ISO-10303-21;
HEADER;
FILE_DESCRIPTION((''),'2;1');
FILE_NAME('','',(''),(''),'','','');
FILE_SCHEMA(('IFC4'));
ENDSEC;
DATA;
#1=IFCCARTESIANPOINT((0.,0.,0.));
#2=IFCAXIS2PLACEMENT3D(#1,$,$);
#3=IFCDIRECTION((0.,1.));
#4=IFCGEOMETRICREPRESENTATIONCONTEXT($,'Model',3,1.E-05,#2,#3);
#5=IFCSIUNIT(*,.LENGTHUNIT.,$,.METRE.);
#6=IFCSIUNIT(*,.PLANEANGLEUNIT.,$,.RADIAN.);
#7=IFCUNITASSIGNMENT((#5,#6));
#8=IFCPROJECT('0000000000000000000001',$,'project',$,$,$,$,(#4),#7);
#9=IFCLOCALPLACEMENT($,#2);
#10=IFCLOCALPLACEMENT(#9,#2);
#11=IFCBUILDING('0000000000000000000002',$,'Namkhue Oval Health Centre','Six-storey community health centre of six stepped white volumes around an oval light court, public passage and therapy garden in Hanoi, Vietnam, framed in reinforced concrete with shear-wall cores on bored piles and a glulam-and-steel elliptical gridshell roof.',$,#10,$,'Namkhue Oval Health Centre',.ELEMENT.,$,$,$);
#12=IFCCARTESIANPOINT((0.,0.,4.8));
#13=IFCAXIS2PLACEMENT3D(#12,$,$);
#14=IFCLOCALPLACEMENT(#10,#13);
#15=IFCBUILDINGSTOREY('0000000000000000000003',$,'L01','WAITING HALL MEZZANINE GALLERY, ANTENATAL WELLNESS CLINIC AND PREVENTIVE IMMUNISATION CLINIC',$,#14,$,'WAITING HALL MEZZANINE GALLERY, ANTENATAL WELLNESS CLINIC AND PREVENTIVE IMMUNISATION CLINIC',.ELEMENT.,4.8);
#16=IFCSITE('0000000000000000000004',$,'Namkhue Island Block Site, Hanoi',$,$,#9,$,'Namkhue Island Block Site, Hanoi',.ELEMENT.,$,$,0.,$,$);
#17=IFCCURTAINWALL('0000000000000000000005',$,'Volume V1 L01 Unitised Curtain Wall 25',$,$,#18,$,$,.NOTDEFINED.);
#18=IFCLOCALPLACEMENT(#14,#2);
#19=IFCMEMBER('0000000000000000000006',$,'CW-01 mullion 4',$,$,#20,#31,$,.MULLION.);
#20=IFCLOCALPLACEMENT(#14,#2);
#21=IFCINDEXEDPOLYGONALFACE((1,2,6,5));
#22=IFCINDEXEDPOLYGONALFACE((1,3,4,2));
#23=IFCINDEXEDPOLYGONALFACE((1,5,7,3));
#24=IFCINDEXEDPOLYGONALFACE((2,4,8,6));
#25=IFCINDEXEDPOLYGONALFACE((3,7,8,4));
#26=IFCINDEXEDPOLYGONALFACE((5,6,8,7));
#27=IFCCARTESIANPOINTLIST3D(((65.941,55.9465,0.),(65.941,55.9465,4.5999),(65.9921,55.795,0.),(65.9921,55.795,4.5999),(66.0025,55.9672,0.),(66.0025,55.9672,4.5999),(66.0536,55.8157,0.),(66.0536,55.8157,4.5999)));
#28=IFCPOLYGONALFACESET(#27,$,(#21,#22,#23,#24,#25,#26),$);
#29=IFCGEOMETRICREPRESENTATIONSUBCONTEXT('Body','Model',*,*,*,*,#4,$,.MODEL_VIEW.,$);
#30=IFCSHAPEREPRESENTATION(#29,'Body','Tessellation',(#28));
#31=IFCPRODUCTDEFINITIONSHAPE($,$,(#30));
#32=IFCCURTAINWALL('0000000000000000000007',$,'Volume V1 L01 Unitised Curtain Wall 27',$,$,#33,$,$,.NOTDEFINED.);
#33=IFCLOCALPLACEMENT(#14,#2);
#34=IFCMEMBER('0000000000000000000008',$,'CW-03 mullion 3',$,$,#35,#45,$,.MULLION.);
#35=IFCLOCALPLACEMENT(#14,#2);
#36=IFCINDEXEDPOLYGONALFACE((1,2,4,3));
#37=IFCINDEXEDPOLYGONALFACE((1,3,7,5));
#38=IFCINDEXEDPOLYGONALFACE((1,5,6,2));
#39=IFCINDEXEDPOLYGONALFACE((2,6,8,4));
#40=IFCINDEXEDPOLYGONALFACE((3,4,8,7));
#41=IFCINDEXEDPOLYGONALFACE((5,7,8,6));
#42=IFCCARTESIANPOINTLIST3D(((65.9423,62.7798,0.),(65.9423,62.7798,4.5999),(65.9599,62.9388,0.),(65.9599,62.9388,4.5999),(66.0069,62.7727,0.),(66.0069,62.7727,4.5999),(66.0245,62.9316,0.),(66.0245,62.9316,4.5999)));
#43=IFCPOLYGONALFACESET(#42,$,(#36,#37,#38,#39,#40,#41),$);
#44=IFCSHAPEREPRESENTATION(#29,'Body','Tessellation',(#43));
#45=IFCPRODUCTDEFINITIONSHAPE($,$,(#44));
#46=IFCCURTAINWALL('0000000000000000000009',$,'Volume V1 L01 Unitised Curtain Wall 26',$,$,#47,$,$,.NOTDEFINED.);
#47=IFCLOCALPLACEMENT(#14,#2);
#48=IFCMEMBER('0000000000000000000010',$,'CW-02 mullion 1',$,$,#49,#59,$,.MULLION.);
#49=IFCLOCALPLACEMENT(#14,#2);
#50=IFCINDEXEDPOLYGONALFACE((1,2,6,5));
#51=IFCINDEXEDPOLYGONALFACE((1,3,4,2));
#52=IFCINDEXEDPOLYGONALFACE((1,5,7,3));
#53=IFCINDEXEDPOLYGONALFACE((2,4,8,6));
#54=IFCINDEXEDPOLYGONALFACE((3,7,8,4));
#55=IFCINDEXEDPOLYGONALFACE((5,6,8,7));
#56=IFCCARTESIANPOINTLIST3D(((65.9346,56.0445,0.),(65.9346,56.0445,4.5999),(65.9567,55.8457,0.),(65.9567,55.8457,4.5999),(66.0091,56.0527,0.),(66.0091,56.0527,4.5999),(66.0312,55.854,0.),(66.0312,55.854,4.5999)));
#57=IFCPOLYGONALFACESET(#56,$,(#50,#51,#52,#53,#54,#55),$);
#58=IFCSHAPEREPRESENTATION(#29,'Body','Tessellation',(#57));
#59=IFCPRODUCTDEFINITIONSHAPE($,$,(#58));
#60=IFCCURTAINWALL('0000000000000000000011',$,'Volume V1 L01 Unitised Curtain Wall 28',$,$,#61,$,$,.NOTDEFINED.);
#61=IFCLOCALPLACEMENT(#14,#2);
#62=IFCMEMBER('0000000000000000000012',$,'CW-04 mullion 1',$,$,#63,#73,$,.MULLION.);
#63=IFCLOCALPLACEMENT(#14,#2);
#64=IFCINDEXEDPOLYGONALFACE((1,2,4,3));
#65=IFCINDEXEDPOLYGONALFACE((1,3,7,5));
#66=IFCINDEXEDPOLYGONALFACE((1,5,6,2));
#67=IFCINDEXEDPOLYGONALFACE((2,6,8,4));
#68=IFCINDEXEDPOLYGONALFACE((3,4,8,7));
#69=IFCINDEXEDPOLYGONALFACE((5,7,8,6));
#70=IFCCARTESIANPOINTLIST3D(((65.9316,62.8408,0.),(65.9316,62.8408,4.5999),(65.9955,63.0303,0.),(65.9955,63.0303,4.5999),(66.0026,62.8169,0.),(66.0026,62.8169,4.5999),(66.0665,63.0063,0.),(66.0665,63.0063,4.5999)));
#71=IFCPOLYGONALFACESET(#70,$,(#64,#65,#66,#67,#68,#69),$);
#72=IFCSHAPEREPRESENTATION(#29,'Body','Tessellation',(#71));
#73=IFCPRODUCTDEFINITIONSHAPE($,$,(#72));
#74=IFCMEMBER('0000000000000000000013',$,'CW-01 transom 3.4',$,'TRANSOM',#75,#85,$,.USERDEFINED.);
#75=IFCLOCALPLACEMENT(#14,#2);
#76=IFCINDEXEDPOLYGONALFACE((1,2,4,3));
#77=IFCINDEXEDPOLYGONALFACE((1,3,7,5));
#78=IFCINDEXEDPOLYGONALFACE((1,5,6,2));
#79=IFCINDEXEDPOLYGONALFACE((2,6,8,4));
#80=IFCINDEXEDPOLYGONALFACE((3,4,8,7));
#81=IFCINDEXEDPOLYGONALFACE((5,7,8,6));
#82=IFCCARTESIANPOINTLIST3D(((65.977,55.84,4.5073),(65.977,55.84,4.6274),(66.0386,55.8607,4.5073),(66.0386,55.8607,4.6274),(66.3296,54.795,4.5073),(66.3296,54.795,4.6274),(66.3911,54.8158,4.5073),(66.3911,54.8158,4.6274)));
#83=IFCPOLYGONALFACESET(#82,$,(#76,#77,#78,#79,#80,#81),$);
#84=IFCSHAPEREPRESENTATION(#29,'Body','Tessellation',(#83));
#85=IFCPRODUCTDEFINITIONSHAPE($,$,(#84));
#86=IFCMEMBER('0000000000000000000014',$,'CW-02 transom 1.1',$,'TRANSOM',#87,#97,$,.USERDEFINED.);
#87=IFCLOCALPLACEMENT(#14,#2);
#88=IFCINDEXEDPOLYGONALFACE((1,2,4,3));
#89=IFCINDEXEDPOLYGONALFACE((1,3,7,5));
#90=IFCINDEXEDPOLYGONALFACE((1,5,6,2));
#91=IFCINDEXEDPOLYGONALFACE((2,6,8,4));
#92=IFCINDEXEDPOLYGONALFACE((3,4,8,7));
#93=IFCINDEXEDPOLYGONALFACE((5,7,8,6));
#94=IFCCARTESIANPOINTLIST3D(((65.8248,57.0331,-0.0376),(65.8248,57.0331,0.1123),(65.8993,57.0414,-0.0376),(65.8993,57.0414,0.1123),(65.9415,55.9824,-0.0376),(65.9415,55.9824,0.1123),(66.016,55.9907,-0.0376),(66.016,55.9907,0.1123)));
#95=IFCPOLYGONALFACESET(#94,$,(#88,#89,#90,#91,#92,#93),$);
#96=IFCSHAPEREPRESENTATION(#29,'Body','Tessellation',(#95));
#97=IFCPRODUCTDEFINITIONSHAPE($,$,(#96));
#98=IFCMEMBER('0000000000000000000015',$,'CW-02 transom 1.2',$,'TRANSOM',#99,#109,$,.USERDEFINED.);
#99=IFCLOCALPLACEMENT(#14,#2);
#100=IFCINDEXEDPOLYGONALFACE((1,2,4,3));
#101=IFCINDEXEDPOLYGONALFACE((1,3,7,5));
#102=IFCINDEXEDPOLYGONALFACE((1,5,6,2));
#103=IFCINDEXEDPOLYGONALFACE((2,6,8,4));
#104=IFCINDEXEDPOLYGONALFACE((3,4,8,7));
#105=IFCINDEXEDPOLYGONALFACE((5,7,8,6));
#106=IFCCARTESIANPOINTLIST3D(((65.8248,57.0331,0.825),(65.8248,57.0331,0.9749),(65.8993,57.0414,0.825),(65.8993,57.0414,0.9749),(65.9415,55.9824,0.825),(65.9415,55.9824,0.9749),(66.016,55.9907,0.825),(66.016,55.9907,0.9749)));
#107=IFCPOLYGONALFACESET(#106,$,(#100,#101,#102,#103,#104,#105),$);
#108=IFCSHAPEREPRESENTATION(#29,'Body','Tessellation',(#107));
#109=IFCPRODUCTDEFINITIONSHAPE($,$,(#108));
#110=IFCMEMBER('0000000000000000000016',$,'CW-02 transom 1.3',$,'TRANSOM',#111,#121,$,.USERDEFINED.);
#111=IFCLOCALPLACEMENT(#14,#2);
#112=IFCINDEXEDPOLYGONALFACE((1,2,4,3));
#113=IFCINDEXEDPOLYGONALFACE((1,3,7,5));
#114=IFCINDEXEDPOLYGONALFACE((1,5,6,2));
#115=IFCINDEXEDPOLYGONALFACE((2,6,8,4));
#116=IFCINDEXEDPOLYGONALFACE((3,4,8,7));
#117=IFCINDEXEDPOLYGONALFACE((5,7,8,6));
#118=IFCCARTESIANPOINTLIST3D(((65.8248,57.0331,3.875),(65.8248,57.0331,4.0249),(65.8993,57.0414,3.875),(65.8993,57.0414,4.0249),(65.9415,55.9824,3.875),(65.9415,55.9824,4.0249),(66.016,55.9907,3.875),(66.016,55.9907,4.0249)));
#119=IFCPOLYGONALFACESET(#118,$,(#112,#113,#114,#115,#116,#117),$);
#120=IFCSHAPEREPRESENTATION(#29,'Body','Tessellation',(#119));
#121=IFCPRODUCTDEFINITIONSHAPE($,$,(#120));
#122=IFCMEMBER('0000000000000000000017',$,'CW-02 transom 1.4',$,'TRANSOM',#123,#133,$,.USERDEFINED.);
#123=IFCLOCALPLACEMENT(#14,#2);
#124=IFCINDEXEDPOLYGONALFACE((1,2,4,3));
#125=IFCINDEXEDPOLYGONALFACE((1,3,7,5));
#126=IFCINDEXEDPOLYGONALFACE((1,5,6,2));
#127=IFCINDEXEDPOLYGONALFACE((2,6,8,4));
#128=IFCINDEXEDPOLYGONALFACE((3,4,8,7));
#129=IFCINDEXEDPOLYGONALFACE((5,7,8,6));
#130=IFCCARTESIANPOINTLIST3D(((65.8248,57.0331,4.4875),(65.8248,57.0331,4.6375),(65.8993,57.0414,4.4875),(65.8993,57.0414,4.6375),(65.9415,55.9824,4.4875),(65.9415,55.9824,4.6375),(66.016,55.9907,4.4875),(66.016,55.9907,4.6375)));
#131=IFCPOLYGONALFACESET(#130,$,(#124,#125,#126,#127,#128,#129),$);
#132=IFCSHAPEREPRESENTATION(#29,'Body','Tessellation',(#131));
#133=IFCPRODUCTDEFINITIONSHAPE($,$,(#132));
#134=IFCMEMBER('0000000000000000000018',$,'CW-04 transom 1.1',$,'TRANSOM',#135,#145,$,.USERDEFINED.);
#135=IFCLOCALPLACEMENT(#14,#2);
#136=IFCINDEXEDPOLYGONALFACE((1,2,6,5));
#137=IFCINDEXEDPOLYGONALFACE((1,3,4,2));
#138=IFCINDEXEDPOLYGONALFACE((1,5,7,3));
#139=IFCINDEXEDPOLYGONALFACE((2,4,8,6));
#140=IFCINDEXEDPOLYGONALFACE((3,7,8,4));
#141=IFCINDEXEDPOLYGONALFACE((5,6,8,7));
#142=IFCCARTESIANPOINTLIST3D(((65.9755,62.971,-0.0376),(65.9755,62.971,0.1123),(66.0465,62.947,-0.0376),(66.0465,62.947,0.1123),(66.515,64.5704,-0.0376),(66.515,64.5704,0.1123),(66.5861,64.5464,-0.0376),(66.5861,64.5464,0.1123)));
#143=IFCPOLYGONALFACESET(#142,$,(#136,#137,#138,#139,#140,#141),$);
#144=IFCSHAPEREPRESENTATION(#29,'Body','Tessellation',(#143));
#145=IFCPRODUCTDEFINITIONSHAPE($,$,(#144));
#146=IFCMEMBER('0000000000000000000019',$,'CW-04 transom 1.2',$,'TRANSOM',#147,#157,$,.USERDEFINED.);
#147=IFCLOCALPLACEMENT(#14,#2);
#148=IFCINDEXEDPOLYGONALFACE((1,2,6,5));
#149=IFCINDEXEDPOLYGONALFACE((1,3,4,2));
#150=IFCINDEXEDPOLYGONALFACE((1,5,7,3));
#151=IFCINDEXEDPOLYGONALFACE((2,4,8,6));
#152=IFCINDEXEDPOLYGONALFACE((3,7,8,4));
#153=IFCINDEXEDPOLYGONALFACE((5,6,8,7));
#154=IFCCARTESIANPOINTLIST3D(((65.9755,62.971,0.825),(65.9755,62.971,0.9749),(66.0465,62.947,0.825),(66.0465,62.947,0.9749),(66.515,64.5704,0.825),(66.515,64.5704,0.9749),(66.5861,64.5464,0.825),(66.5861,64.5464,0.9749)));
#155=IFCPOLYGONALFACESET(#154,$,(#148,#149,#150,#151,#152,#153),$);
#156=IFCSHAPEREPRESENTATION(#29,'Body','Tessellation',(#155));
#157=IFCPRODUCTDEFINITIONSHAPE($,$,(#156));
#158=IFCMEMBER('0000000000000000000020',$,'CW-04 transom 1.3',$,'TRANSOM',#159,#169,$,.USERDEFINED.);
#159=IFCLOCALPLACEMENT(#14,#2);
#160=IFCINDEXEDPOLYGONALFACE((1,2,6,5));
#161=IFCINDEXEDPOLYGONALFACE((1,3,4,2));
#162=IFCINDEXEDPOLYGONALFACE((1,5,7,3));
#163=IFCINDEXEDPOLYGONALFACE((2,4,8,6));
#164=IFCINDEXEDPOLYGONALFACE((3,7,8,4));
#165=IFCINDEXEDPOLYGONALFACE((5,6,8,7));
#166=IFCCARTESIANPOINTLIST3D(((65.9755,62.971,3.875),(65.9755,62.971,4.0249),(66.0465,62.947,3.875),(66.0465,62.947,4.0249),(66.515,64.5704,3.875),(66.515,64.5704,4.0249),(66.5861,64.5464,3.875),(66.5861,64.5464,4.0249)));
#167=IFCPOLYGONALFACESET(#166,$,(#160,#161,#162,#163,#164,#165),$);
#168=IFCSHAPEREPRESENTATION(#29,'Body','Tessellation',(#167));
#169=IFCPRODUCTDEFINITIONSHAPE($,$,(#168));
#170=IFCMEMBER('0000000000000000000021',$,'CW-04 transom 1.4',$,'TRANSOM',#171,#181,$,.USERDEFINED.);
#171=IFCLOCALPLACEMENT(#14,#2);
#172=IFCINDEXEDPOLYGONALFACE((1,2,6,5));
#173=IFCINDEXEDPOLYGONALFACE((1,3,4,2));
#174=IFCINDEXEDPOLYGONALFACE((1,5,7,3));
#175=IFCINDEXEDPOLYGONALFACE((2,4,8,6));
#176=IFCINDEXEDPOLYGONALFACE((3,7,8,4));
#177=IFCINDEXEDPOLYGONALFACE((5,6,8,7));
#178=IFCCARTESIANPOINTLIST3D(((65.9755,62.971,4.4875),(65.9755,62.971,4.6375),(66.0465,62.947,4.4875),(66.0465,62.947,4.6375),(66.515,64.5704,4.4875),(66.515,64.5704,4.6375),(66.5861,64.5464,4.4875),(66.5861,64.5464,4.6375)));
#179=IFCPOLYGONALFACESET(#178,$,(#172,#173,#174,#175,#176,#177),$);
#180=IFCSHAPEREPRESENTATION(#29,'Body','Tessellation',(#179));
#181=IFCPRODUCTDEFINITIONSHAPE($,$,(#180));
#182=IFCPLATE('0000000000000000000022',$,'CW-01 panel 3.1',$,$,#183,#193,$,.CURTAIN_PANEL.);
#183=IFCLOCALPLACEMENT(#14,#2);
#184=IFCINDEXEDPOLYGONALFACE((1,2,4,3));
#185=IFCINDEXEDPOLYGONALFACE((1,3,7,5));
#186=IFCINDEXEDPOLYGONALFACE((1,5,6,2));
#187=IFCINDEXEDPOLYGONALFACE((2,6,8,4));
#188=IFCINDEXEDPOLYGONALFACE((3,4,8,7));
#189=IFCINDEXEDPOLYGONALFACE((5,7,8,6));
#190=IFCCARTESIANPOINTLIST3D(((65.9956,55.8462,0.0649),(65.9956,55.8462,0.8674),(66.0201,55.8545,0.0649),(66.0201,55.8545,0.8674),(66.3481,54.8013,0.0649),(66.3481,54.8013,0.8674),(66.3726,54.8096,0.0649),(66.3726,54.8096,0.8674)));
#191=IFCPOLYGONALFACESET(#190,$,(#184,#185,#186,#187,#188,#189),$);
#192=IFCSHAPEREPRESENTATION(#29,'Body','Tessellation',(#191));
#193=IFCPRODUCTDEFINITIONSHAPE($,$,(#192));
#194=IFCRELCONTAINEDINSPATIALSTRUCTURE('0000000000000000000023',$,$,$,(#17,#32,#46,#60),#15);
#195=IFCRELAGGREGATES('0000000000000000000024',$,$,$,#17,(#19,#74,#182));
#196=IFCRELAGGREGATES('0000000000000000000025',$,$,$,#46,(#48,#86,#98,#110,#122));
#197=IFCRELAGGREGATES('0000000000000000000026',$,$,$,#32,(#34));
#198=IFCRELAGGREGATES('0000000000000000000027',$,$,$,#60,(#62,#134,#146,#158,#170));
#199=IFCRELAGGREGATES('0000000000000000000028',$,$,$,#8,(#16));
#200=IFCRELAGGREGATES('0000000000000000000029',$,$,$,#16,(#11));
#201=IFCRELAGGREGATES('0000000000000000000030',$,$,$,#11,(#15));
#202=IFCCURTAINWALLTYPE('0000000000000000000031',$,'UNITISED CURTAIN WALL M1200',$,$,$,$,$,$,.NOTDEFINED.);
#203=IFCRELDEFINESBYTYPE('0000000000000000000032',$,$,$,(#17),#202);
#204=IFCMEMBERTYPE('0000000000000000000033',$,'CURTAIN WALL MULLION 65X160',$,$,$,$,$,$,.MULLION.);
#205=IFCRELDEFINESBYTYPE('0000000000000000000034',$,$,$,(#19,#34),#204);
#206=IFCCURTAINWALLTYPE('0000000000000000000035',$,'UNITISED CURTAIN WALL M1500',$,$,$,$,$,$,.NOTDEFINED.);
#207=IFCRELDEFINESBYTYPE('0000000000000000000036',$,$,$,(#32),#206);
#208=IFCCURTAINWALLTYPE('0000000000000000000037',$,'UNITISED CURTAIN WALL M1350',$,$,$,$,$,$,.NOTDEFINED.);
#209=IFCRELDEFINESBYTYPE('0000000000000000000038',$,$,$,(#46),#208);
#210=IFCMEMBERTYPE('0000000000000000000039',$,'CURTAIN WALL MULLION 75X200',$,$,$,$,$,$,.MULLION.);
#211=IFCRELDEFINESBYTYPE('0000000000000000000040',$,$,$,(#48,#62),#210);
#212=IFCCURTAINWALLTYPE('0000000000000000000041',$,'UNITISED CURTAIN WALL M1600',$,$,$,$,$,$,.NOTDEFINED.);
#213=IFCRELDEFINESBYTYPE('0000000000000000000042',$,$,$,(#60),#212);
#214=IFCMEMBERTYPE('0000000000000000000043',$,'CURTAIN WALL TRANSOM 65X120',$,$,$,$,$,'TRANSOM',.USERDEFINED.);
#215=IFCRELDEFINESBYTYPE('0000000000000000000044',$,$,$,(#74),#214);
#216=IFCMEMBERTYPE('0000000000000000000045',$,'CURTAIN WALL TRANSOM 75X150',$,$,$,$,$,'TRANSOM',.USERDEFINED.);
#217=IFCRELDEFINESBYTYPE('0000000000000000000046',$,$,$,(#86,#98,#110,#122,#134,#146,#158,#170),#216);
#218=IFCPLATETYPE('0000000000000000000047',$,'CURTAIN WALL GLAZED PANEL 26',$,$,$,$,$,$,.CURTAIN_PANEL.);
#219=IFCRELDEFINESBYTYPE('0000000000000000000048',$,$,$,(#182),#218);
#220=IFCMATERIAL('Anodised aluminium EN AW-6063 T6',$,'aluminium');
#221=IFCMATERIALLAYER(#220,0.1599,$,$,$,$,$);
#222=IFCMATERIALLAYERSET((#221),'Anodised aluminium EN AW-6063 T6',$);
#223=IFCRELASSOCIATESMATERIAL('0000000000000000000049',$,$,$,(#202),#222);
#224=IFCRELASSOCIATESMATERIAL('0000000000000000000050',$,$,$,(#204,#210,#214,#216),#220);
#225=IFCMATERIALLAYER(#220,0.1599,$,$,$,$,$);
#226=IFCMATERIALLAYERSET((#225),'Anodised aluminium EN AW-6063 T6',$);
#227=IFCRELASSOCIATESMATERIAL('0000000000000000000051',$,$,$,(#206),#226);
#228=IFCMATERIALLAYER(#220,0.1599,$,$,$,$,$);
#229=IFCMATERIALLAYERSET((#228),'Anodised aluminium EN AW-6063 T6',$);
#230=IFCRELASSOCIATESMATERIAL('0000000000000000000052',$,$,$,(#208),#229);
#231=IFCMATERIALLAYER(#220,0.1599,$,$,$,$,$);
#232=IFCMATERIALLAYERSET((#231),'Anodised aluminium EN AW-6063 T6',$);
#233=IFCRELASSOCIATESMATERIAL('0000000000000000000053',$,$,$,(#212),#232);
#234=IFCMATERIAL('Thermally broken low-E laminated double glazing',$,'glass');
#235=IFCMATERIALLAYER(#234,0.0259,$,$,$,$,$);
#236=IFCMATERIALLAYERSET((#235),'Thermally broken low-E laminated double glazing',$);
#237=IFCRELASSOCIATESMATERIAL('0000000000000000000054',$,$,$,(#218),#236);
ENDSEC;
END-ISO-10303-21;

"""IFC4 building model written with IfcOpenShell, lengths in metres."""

from ifc_helpers import new_model, si_unit, direction, frame, origin, origin_2d, place, context, subcontext, project, spatial, rectangle, extrude, material, layer, layer_set, material_profile, profile_set, type_object, element, aggregate, save


model = new_model("IFC4")

# Units and contexts
model_context = context("Model", 3, precision=1e-05, world=origin(), true_north=direction((0.0, 1.0)))
body_context = subcontext(model_context, "Body", "Model", "MODEL_VIEW")
ifc_project = project(units=[si_unit("LENGTHUNIT", "METRE"), si_unit("PLANEANGLEUNIT", "RADIAN")], contexts=[model_context])

# Site, building, storey
site_placement = place(None, origin())
site = spatial("IfcSite", under=ifc_project, at=site_placement, Name="Namkhue Island Block Site, Hanoi", LongName="Namkhue Island Block Site, Hanoi", CompositionType="ELEMENT", RefElevation=0.0)
building_placement = place(site_placement, origin())
building = spatial("IfcBuilding", under=site, at=building_placement, Name="Namkhue Oval Health Centre", Description="Six-storey community health centre of six stepped white volumes around an oval light court, public passage and therapy garden in Hanoi, Vietnam, framed in reinforced concrete with shear-wall cores on bored piles and a glulam-and-steel elliptical gridshell roof.", LongName="Namkhue Oval Health Centre", CompositionType="ELEMENT")
storey_placement = place(building_placement, frame((0.0, 0.0, 4.8)))
storey = spatial("IfcBuildingStorey", under=building, at=storey_placement, Name="L01", Description="WAITING HALL MEZZANINE GALLERY, ANTENATAL WELLNESS CLINIC AND PREVENTIVE IMMUNISATION CLINIC", LongName="WAITING HALL MEZZANINE GALLERY, ANTENATAL WELLNESS CLINIC AND PREVENTIVE IMMUNISATION CLINIC", CompositionType="ELEMENT", Elevation=4.8)

# Curtain walls, members
ifc_material_1 = material(Name="Anodised aluminium EN AW-6063 T6", Category="aluminium")
ifc_layer_1 = layer(ifc_material_1, 0.1599)
ifc_layer_set_1 = layer_set([ifc_layer_1], Name="Anodised aluminium EN AW-6063 T6")
curtain_wall_type_1 = type_object("IfcCurtainWallType", Name="UNITISED CURTAIN WALL M1200", PredefinedType="NOTDEFINED", material=ifc_layer_set_1)
curtain_wall_1_placement = place(storey_placement, origin())
curtain_wall_1 = element("IfcCurtainWall", 1, at=curtain_wall_1_placement, inside=storey, type_object=curtain_wall_type_1, Name="Volume V1 L01 Unitised Curtain Wall 25", PredefinedType="NOTDEFINED")
ifc_material_profile_1 = material_profile(ifc_material_1, rectangle(XDim=0.0649, YDim=0.1599, at=origin_2d()), Name="ALU 65x160")
ifc_profile_set_1 = profile_set([ifc_material_profile_1], Name="Anodised aluminium EN AW-6063 T6")
member_type_1 = type_object("IfcMemberType", Name="CURTAIN WALL MULLION 65X160", PredefinedType="MULLION", material=ifc_profile_set_1)
member_1_placement = place(storey_placement, frame((65.9973, 55.8811, 0.0), z_axis=(0.0, 0.0, 1.0), x_axis=(-0.947539, -0.319642, 0.0)))
member_1 = element("IfcMember", 2, at=member_1_placement, type_object=member_type_1, Name="CW-01 mullion 4", PredefinedType="MULLION", context=body_context, shape_type="SweptSolid", body=[
    extrude(rectangle(XDim=0.0649, YDim=0.1599, at=origin_2d()), origin(), (0.0, 0.0, 1.0), 4.5999),
])
ifc_layer_2 = layer(ifc_material_1, 0.1599)
ifc_layer_set_2 = layer_set([ifc_layer_2], Name="Anodised aluminium EN AW-6063 T6")
curtain_wall_type_2 = type_object("IfcCurtainWallType", Name="UNITISED CURTAIN WALL M1500", PredefinedType="NOTDEFINED", material=ifc_layer_set_2)
curtain_wall_2_placement = place(storey_placement, origin())
curtain_wall_2 = element("IfcCurtainWall", 3, at=curtain_wall_2_placement, inside=storey, type_object=curtain_wall_type_2, Name="Volume V1 L01 Unitised Curtain Wall 27", PredefinedType="NOTDEFINED")
member_2_placement = place(storey_placement, frame((65.9834, 62.8557, 0.0), z_axis=(0.0, 0.0, 1.0), x_axis=(-0.993901, 0.110275, 0.0)))
member_2 = element("IfcMember", 4, at=member_2_placement, type_object=member_type_1, Name="CW-03 mullion 3", PredefinedType="MULLION", context=body_context, shape_type="SweptSolid", body=[
    extrude(rectangle(XDim=0.0649, YDim=0.1599, at=origin_2d()), origin(), (0.0, 0.0, 1.0), 4.5999),
])
ifc_layer_3 = layer(ifc_material_1, 0.1599)
ifc_layer_set_3 = layer_set([ifc_layer_3], Name="Anodised aluminium EN AW-6063 T6")
curtain_wall_type_3 = type_object("IfcCurtainWallType", Name="UNITISED CURTAIN WALL M1350", PredefinedType="NOTDEFINED", material=ifc_layer_set_3)
curtain_wall_3_placement = place(storey_placement, origin())
curtain_wall_3 = element("IfcCurtainWall", 5, at=curtain_wall_3_placement, inside=storey, type_object=curtain_wall_type_3, Name="Volume V1 L01 Unitised Curtain Wall 26", PredefinedType="NOTDEFINED")
ifc_material_profile_2 = material_profile(ifc_material_1, rectangle(XDim=0.075, YDim=0.2, at=origin_2d()), Name="ALU 75x200")
ifc_profile_set_2 = profile_set([ifc_material_profile_2], Name="Anodised aluminium EN AW-6063 T6")
member_type_2 = type_object("IfcMemberType", Name="CURTAIN WALL MULLION 75X200", PredefinedType="MULLION", material=ifc_profile_set_2)
member_3_placement = place(storey_placement, frame((65.9829, 55.9492, 0.0), z_axis=(0.0, 0.0, 1.0), x_axis=(-0.993901, -0.110275, 0.0)))
member_3 = element("IfcMember", 6, at=member_3_placement, type_object=member_type_2, Name="CW-02 mullion 1", PredefinedType="MULLION", context=body_context, shape_type="SweptSolid", body=[
    extrude(rectangle(XDim=0.075, YDim=0.2, at=origin_2d()), origin(), (0.0, 0.0, 1.0), 4.5999),
])
ifc_layer_4 = layer(ifc_material_1, 0.1599)
ifc_layer_set_4 = layer_set([ifc_layer_4], Name="Anodised aluminium EN AW-6063 T6")
curtain_wall_type_4 = type_object("IfcCurtainWallType", Name="UNITISED CURTAIN WALL M1600", PredefinedType="NOTDEFINED", material=ifc_layer_set_4)
curtain_wall_4_placement = place(storey_placement, origin())
curtain_wall_4 = element("IfcCurtainWall", 7, at=curtain_wall_4_placement, inside=storey, type_object=curtain_wall_type_4, Name="Volume V1 L01 Unitised Curtain Wall 28", PredefinedType="NOTDEFINED")
member_4_placement = place(storey_placement, frame((65.999, 62.9236, 0.0), z_axis=(0.0, 0.0, 1.0), x_axis=(-0.947539, 0.319642, 0.0)))
member_4 = element("IfcMember", 8, at=member_4_placement, type_object=member_type_2, Name="CW-04 mullion 1", PredefinedType="MULLION", context=body_context, shape_type="SweptSolid", body=[
    extrude(rectangle(XDim=0.075, YDim=0.2, at=origin_2d()), origin(), (0.0, 0.0, 1.0), 4.5999),
])

# Members
ifc_material_profile_3 = material_profile(ifc_material_1, rectangle(XDim=0.0649, YDim=0.1201, at=origin_2d()), Name="ALU 65x120")
ifc_profile_set_3 = profile_set([ifc_material_profile_3], Name="Anodised aluminium EN AW-6063 T6")
member_type_3 = type_object("IfcMemberType", Name="CURTAIN WALL TRANSOM 65X120", ElementType="TRANSOM", PredefinedType="USERDEFINED", material=ifc_profile_set_3)
member_5_placement = place(storey_placement, frame((66.3604, 54.8054, 4.5674), z_axis=(-0.319679, 0.947526, 0.0), x_axis=(-0.947526, -0.319679, 0.0)))
member_5 = element("IfcMember", 9, at=member_5_placement, type_object=member_type_3, Name="CW-01 transom 3.4", ObjectType="TRANSOM", PredefinedType="USERDEFINED", context=body_context, shape_type="SweptSolid", body=[
    extrude(rectangle(XDim=0.0649, YDim=0.1201, at=origin_2d()), origin(), (0.0, 0.0, 1.0), 1.1028),
])
ifc_material_profile_4 = material_profile(ifc_material_1, rectangle(XDim=0.075, YDim=0.1499, at=origin_2d()), Name="ALU 75x150")
ifc_profile_set_4 = profile_set([ifc_material_profile_4], Name="Anodised aluminium EN AW-6063 T6")
member_type_4 = type_object("IfcMemberType", Name="CURTAIN WALL TRANSOM 75X150", ElementType="TRANSOM", PredefinedType="USERDEFINED", material=ifc_profile_set_4)
member_6_placement = place(storey_placement, frame((65.9788, 55.9866, 0.0374), z_axis=(-0.110381, 0.993889, 0.0), x_axis=(-0.993889, -0.110381, 0.0)))
member_6 = element("IfcMember", 10, at=member_6_placement, type_object=member_type_4, Name="CW-02 transom 1.1", ObjectType="TRANSOM", PredefinedType="USERDEFINED", context=body_context, shape_type="SweptSolid", body=[
    extrude(rectangle(XDim=0.075, YDim=0.1499, at=origin_2d()), origin(), (0.0, 0.0, 1.0), 1.0571),
])
member_7_placement = place(storey_placement, frame((65.9788, 55.9866, 0.8999), z_axis=(-0.110381, 0.993889, 0.0), x_axis=(-0.993889, -0.110381, 0.0)))
member_7 = element("IfcMember", 11, at=member_7_placement, type_object=member_type_4, Name="CW-02 transom 1.2", ObjectType="TRANSOM", PredefinedType="USERDEFINED", context=body_context, shape_type="SweptSolid", body=[
    extrude(rectangle(XDim=0.075, YDim=0.1499, at=origin_2d()), origin(), (0.0, 0.0, 1.0), 1.0571),
])
member_8_placement = place(storey_placement, frame((65.9788, 55.9866, 3.95), z_axis=(-0.110381, 0.993889, 0.0), x_axis=(-0.993889, -0.110381, 0.0)))
member_8 = element("IfcMember", 12, at=member_8_placement, type_object=member_type_4, Name="CW-02 transom 1.3", ObjectType="TRANSOM", PredefinedType="USERDEFINED", context=body_context, shape_type="SweptSolid", body=[
    extrude(rectangle(XDim=0.075, YDim=0.1499, at=origin_2d()), origin(), (0.0, 0.0, 1.0), 1.0571),
])
member_9_placement = place(storey_placement, frame((65.9788, 55.9866, 4.5625), z_axis=(-0.110381, 0.993889, 0.0), x_axis=(-0.993889, -0.110381, 0.0)))
member_9 = element("IfcMember", 13, at=member_9_placement, type_object=member_type_4, Name="CW-02 transom 1.4", ObjectType="TRANSOM", PredefinedType="USERDEFINED", context=body_context, shape_type="SweptSolid", body=[
    extrude(rectangle(XDim=0.075, YDim=0.1499, at=origin_2d()), origin(), (0.0, 0.0, 1.0), 1.0571),
])
member_10_placement = place(storey_placement, frame((66.011, 62.959, 0.0374), z_axis=(0.319654, 0.947534, 0.0), x_axis=(-0.947534, 0.319654, 0.0)))
member_10 = element("IfcMember", 14, at=member_10_placement, type_object=member_type_4, Name="CW-04 transom 1.1", ObjectType="TRANSOM", PredefinedType="USERDEFINED", context=body_context, shape_type="SweptSolid", body=[
    extrude(rectangle(XDim=0.075, YDim=0.1499, at=origin_2d()), origin(), (0.0, 0.0, 1.0), 1.688),
])
member_11_placement = place(storey_placement, frame((66.011, 62.959, 0.8999), z_axis=(0.319654, 0.947534, 0.0), x_axis=(-0.947534, 0.319654, 0.0)))
member_11 = element("IfcMember", 15, at=member_11_placement, type_object=member_type_4, Name="CW-04 transom 1.2", ObjectType="TRANSOM", PredefinedType="USERDEFINED", context=body_context, shape_type="SweptSolid", body=[
    extrude(rectangle(XDim=0.075, YDim=0.1499, at=origin_2d()), origin(), (0.0, 0.0, 1.0), 1.688),
])
member_12_placement = place(storey_placement, frame((66.011, 62.959, 3.95), z_axis=(0.319654, 0.947534, 0.0), x_axis=(-0.947534, 0.319654, 0.0)))
member_12 = element("IfcMember", 16, at=member_12_placement, type_object=member_type_4, Name="CW-04 transom 1.3", ObjectType="TRANSOM", PredefinedType="USERDEFINED", context=body_context, shape_type="SweptSolid", body=[
    extrude(rectangle(XDim=0.075, YDim=0.1499, at=origin_2d()), origin(), (0.0, 0.0, 1.0), 1.688),
])
member_13_placement = place(storey_placement, frame((66.011, 62.959, 4.5625), z_axis=(0.319654, 0.947534, 0.0), x_axis=(-0.947534, 0.319654, 0.0)))
member_13 = element("IfcMember", 17, at=member_13_placement, type_object=member_type_4, Name="CW-04 transom 1.4", ObjectType="TRANSOM", PredefinedType="USERDEFINED", context=body_context, shape_type="SweptSolid", body=[
    extrude(rectangle(XDim=0.075, YDim=0.1499, at=origin_2d()), origin(), (0.0, 0.0, 1.0), 1.688),
])

# Plate
ifc_material_2 = material(Name="Thermally broken low-E laminated double glazing", Category="glass")
ifc_layer_5 = layer(ifc_material_2, 0.0259)
ifc_layer_set_5 = layer_set([ifc_layer_5], Name="Thermally broken low-E laminated double glazing")
plate_type_1 = type_object("IfcPlateType", Name="CURTAIN WALL GLAZED PANEL 26", PredefinedType="CURTAIN_PANEL", material=ifc_layer_set_5)
plate_1_placement = place(storey_placement, frame((66.1841, 55.3279, 0.0649), z_axis=(0.0, 0.0, 1.0), x_axis=(-0.319642, 0.947539, 0.0)))
plate_1 = element("IfcPlate", 18, at=plate_1_placement, type_object=plate_type_1, Name="CW-01 panel 3.1", PredefinedType="CURTAIN_PANEL", context=body_context, shape_type="SweptSolid", body=[
    extrude(rectangle(XDim=1.1028, YDim=0.0259, at=origin_2d()), origin(), (0.0, 0.0, 1.0), 0.8025),
])
aggregate(curtain_wall_1, [member_1, member_5, plate_1])
aggregate(curtain_wall_3, [member_3, member_6, member_7, member_8, member_9])
aggregate(curtain_wall_2, [member_2])
aggregate(curtain_wall_4, [member_4, member_10, member_11, member_12, member_13])

save(model, "model.ifc")
